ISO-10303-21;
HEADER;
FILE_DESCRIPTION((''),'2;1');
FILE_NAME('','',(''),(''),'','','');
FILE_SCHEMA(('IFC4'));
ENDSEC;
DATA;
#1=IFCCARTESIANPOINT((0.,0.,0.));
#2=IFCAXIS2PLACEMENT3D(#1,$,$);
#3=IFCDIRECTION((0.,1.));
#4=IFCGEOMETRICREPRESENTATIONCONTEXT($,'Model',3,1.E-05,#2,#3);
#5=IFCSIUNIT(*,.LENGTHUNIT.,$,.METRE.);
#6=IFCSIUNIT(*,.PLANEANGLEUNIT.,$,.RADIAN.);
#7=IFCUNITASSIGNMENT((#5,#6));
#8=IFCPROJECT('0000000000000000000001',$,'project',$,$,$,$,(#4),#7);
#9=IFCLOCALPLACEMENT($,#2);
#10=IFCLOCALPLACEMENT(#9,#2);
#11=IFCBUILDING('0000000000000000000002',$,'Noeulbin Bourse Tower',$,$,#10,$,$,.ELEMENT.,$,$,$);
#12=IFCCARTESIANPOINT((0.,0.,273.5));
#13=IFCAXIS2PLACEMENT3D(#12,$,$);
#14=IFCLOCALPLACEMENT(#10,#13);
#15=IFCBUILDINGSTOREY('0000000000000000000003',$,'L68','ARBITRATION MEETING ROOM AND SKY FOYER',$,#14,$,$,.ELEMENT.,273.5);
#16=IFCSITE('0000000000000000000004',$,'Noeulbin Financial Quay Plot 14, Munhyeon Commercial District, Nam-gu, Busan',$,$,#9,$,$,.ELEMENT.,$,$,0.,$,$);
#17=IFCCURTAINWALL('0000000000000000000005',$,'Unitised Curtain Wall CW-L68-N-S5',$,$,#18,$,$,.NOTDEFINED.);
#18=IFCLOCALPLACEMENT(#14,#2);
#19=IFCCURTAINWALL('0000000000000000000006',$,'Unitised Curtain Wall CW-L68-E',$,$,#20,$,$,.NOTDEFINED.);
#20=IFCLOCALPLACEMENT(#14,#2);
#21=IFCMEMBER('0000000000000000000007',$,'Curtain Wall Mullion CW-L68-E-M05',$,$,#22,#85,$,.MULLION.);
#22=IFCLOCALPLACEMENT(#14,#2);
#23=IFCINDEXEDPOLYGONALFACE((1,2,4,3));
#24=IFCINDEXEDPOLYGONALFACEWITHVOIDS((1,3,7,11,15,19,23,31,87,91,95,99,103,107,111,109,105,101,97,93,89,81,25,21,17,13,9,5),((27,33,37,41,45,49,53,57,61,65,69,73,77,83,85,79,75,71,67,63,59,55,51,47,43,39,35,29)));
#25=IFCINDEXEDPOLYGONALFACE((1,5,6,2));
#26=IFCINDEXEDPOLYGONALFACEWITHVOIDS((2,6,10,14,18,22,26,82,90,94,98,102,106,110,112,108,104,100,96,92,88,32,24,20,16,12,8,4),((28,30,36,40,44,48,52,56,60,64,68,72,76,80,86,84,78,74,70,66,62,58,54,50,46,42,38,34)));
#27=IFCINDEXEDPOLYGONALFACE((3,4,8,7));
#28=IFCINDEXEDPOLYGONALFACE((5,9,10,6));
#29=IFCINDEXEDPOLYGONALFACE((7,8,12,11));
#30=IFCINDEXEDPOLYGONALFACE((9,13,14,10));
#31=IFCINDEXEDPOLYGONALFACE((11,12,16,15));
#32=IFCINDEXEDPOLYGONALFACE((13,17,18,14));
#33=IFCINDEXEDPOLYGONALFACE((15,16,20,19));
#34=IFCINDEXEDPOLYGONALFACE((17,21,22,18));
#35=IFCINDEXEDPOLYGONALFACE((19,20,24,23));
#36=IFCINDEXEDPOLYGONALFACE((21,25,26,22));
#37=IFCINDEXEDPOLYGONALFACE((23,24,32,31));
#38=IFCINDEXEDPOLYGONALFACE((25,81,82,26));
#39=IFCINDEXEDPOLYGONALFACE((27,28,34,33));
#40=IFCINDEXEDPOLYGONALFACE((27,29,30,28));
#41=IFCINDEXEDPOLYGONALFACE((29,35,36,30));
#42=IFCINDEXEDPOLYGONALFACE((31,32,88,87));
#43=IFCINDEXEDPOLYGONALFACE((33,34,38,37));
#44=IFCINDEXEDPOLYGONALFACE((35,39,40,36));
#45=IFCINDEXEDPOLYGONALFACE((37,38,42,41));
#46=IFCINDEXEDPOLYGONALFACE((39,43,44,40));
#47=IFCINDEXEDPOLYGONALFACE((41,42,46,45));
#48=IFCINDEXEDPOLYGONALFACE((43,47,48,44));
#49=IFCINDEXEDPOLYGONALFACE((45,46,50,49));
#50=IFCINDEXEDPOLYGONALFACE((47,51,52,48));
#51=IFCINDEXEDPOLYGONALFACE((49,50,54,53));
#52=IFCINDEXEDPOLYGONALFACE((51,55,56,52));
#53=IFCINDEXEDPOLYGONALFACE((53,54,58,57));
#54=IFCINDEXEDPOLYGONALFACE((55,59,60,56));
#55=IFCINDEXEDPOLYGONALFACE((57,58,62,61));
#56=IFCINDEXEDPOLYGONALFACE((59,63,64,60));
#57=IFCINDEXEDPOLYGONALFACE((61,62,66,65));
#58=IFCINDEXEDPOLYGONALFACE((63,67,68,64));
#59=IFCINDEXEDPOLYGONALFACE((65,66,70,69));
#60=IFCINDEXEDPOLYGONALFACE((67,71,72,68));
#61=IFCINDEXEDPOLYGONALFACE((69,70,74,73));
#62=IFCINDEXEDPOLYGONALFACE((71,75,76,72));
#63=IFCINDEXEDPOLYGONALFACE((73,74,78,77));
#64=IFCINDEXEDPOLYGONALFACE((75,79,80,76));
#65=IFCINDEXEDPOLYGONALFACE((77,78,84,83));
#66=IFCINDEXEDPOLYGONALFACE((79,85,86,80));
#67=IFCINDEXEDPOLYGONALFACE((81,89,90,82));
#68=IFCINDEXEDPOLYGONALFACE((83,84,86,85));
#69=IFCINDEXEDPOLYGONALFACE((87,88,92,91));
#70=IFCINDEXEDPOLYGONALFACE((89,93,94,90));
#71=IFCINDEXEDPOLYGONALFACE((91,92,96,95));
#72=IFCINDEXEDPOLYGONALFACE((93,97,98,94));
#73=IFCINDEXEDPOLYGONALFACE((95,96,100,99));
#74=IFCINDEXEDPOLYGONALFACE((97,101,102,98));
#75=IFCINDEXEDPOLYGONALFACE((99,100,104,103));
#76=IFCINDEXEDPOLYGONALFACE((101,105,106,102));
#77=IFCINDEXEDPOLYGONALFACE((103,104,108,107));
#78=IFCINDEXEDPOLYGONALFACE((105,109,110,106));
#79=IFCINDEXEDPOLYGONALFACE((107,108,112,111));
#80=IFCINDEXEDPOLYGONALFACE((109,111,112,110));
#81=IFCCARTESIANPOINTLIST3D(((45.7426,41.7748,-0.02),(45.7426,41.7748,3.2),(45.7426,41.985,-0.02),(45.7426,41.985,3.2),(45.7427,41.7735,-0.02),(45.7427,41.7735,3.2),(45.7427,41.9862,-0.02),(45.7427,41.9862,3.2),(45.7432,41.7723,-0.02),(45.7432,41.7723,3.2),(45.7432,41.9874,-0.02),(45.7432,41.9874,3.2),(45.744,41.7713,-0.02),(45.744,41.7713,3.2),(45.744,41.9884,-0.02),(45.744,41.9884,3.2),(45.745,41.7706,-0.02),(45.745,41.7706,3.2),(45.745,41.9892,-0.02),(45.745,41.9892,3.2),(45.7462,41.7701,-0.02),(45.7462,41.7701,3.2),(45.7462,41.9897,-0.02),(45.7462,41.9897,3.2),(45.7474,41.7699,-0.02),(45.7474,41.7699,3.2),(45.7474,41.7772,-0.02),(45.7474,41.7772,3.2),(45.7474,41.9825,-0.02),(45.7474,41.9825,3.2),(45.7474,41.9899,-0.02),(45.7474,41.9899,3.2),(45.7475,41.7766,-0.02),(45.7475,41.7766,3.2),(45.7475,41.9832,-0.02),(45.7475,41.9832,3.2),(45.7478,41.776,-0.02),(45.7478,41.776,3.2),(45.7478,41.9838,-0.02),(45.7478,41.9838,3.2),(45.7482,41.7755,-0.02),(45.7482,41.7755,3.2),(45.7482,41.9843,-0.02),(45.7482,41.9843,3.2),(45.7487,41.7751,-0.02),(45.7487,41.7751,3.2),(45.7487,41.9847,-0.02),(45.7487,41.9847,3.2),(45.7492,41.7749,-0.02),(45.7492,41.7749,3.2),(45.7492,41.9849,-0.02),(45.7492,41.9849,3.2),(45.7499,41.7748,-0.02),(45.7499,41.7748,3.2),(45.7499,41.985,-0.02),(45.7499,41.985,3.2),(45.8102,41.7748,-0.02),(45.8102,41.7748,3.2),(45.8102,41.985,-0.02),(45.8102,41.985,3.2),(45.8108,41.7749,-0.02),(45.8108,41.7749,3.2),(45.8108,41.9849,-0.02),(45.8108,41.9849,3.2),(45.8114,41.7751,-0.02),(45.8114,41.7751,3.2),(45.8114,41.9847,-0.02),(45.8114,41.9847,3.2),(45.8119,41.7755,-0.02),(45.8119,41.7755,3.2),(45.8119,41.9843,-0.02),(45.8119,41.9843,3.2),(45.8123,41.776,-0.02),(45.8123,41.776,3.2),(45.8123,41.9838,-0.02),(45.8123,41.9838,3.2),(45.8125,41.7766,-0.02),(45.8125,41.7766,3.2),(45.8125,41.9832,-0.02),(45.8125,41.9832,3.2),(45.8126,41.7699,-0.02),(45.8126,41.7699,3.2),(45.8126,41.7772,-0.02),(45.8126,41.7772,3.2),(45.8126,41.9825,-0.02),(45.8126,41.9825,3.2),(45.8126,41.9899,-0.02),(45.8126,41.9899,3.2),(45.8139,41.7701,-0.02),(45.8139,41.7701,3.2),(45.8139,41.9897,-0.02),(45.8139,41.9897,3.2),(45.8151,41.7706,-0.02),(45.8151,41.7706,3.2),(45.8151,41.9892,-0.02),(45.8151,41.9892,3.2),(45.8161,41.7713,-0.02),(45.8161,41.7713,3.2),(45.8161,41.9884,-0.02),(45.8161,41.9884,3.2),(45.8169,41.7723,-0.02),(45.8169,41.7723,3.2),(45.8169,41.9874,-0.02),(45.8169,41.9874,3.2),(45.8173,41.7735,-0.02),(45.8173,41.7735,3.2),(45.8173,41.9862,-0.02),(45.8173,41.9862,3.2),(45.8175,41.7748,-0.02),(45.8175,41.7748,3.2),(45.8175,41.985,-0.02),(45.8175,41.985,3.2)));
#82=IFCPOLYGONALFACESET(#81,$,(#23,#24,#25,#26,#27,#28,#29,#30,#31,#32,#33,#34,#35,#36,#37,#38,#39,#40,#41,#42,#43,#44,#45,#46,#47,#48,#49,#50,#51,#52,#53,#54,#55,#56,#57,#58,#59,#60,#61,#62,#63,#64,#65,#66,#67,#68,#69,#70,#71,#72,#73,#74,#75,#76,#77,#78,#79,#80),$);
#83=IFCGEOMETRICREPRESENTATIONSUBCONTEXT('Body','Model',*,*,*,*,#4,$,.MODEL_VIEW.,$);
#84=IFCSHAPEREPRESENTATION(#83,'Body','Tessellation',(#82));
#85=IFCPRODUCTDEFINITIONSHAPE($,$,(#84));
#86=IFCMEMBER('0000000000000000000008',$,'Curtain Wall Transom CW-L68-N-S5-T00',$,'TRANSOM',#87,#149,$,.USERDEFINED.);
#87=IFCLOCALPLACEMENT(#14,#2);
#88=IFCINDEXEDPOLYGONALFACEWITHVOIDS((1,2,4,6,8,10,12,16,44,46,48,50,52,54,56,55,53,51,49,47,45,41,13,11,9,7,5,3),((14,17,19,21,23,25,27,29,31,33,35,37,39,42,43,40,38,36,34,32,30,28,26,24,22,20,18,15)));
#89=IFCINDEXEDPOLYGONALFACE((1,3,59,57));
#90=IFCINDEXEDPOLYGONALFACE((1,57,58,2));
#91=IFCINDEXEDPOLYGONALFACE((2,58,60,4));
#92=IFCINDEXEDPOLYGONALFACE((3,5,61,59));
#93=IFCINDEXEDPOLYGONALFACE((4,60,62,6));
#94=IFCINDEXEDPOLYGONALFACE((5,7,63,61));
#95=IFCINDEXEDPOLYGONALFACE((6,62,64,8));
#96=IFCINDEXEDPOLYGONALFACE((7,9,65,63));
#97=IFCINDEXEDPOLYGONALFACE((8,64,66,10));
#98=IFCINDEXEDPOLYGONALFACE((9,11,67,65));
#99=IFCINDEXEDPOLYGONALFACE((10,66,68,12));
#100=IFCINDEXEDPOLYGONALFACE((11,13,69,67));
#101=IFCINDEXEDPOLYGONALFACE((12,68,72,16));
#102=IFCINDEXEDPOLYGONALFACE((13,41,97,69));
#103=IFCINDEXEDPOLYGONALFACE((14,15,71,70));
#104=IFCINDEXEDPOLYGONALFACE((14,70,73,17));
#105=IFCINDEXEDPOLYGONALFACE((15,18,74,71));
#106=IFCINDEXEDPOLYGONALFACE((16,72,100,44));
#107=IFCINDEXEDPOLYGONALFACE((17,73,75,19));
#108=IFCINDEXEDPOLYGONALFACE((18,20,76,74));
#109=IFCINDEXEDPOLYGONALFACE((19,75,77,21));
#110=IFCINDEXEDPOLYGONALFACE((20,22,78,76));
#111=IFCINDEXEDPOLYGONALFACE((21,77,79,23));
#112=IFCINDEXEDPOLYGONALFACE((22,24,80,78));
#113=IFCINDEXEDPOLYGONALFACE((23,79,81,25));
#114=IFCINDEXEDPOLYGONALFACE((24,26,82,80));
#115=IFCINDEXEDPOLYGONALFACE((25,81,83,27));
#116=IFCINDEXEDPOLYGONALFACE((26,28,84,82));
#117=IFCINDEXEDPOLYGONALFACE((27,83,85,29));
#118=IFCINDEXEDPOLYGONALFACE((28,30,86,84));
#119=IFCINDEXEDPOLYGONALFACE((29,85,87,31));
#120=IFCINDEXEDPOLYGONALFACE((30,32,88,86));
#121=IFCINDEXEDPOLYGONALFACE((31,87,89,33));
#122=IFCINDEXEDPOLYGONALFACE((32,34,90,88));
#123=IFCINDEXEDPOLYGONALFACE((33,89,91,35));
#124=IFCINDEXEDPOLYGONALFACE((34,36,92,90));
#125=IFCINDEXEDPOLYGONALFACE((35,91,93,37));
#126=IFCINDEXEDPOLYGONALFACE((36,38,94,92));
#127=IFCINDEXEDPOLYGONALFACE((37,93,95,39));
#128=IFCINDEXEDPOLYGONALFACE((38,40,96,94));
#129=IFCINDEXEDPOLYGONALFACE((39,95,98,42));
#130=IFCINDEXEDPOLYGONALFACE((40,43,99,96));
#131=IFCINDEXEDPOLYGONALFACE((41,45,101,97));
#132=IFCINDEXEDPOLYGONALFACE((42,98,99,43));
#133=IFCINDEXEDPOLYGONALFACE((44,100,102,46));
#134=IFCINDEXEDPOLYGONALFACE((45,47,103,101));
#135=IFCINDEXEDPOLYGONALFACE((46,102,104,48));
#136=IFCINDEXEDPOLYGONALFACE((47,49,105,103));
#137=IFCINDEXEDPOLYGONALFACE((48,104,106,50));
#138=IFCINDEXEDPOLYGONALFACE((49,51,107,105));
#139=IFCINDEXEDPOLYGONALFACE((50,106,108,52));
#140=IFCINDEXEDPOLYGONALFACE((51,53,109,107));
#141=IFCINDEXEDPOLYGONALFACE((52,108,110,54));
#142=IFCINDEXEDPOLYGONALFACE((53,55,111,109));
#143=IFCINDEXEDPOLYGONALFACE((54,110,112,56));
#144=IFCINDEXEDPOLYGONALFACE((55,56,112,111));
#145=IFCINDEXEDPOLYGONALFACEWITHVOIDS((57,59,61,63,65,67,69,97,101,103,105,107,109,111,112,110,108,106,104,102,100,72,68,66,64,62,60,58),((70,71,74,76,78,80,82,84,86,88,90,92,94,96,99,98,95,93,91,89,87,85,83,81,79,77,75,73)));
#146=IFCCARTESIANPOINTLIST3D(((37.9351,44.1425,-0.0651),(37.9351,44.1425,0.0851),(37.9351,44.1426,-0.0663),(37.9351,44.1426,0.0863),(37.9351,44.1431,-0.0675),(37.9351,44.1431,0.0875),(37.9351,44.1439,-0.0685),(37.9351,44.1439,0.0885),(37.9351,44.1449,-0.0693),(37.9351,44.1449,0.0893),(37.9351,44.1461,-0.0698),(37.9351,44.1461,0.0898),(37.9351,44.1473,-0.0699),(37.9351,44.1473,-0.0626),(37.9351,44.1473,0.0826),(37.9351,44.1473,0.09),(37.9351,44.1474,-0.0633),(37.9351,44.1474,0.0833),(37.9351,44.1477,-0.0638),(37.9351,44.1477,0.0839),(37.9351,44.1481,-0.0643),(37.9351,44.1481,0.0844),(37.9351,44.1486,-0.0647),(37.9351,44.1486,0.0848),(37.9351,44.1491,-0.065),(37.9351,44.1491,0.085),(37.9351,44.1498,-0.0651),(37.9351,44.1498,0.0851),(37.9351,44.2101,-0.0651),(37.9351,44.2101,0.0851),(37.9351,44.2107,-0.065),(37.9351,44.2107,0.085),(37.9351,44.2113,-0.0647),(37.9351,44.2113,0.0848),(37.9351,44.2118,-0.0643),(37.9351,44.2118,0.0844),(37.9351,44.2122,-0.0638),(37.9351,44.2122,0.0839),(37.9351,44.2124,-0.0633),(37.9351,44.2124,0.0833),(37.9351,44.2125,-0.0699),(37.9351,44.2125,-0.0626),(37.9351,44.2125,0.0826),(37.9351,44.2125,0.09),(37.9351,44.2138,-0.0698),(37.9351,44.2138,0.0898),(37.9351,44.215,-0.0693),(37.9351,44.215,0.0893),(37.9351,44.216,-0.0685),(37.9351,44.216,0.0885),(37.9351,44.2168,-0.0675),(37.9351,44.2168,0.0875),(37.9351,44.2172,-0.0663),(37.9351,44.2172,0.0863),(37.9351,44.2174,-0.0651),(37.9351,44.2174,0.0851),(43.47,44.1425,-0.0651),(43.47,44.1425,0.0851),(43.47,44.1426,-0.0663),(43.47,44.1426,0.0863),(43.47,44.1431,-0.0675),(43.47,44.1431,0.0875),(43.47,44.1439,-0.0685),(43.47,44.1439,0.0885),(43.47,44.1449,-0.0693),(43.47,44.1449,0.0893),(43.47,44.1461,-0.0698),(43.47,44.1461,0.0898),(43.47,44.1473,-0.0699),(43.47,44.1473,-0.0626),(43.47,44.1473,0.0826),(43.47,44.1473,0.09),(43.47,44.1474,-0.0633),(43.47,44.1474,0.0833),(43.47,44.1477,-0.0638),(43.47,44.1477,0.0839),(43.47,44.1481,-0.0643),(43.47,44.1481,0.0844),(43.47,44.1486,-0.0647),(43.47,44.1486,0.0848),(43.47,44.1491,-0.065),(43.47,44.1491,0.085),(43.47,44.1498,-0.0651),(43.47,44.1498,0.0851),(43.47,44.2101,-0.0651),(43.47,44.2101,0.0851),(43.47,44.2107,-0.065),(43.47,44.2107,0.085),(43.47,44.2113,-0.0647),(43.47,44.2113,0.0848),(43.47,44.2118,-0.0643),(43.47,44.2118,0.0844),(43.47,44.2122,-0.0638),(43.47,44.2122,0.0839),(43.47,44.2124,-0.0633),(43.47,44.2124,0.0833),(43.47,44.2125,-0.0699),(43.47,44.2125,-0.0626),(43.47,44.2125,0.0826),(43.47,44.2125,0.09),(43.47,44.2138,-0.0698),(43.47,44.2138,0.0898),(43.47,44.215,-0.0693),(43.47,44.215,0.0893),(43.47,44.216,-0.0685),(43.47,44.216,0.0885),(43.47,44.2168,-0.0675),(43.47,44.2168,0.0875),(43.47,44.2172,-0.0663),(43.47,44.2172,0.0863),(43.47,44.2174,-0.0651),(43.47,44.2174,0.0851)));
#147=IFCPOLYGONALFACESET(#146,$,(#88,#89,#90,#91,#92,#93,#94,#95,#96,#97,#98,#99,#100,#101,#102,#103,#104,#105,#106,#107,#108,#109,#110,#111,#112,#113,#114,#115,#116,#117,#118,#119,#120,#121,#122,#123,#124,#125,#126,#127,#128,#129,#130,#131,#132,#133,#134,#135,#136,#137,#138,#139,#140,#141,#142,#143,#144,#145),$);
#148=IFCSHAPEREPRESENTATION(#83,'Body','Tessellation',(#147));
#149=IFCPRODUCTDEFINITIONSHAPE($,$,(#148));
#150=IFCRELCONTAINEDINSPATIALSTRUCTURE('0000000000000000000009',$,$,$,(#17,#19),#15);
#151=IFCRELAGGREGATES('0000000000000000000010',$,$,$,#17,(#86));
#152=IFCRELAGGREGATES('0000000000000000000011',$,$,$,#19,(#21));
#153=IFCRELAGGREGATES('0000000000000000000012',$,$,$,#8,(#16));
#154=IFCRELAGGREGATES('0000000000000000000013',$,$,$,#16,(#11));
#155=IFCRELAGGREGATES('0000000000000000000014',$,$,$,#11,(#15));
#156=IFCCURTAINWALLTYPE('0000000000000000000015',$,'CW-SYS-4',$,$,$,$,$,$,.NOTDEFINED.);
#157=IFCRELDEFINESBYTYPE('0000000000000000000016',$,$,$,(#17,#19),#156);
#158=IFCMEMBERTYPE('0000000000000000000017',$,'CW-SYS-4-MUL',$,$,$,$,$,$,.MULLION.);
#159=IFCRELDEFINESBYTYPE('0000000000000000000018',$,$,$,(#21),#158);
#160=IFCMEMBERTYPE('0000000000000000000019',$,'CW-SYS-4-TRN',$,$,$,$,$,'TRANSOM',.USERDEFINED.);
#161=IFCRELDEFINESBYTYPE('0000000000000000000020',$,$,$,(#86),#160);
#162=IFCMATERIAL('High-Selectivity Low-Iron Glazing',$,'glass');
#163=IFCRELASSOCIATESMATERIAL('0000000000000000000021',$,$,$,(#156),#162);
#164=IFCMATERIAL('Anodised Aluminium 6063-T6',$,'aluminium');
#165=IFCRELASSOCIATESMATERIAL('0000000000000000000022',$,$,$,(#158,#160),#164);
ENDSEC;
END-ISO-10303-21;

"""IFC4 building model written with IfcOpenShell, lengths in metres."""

from ifc_helpers import new_model, si_unit, direction, frame, origin, origin_2d, place, context, subcontext, project, spatial, hollow_rectangle, extrude, material, material_profile, profile_set, type_object, element, aggregate, save


model = new_model("IFC4")

# Units and contexts
model_context = context("Model", 3, precision=1e-05, world=origin(), true_north=direction((0.0, 1.0)))
body_context = subcontext(model_context, "Body", "Model", "MODEL_VIEW")
ifc_project = project(units=[si_unit("LENGTHUNIT", "METRE"), si_unit("PLANEANGLEUNIT", "RADIAN")], contexts=[model_context])

# Site, building, storey
site_placement = place(None, origin())
site = spatial("IfcSite", under=ifc_project, at=site_placement, Name="Noeulbin Financial Quay Plot 14, Munhyeon Commercial District, Nam-gu, Busan", CompositionType="ELEMENT", RefElevation=0.0)
building_placement = place(site_placement, origin())
building = spatial("IfcBuilding", under=site, at=building_placement, Name="Noeulbin Bourse Tower", CompositionType="ELEMENT")
storey_placement = place(building_placement, frame((0.0, 0.0, 273.5)))
storey = spatial("IfcBuildingStorey", under=building, at=storey_placement, Name="L68", Description="ARBITRATION MEETING ROOM AND SKY FOYER", CompositionType="ELEMENT", Elevation=273.5)

# Curtain walls, member
ifc_material_1 = material(Name="High-Selectivity Low-Iron Glazing", Category="glass")
curtain_wall_type = type_object("IfcCurtainWallType", Name="CW-SYS-4", PredefinedType="NOTDEFINED", material=ifc_material_1)
curtain_wall_1_placement = place(storey_placement, origin())
curtain_wall_1 = element("IfcCurtainWall", 1, at=curtain_wall_1_placement, inside=storey, type_object=curtain_wall_type, Name="Unitised Curtain Wall CW-L68-N-S5", PredefinedType="NOTDEFINED")
ifc_material_2 = material(Name="Anodised Aluminium 6063-T6", Category="aluminium")
ifc_material_profile_1 = material_profile(ifc_material_2, hollow_rectangle(XDim=0.075, YDim=0.22, WallThickness=0.0049, InnerFilletRadius=0.0024, OuterFilletRadius=0.0049, at=origin_2d()), Name="ALU-MULL-75x220x5", Category="LoadBearing")
ifc_profile_set_1 = profile_set([ifc_material_profile_1], Name="Anodised Aluminium 6063-T6")
member_type_1 = type_object("IfcMemberType", Name="CW-SYS-4-MUL", PredefinedType="MULLION", material=ifc_profile_set_1)
curtain_wall_2_placement = place(storey_placement, origin())
curtain_wall_2 = element("IfcCurtainWall", 2, at=curtain_wall_2_placement, inside=storey, type_object=curtain_wall_type, Name="Unitised Curtain Wall CW-L68-E", PredefinedType="NOTDEFINED")
member_1_placement = place(storey_placement, frame((45.78, 41.8799, -0.02), z_axis=(0.0, 0.0, 1.0), x_axis=(1.0, 0.0, 0.0)))
member_1 = element("IfcMember", 3, at=member_1_placement, type_object=member_type_1, Name="Curtain Wall Mullion CW-L68-E-M05", PredefinedType="MULLION", context=body_context, shape_type="SweptSolid", body=[
    extrude(hollow_rectangle(XDim=0.075, YDim=0.22, WallThickness=0.0049, InnerFilletRadius=0.0024, OuterFilletRadius=0.0049, at=origin_2d()), origin(), (0.0, 0.0, 1.0), 3.22),
])

# Member
ifc_material_profile_2 = material_profile(ifc_material_2, hollow_rectangle(XDim=0.075, YDim=0.1599, WallThickness=0.0049, InnerFilletRadius=0.0024, OuterFilletRadius=0.0049, at=origin_2d()), Name="ALU-TRAN-75x160x5", Category="LoadBearing")
ifc_profile_set_2 = profile_set([ifc_material_profile_2], Name="Anodised Aluminium 6063-T6")
member_type_2 = type_object("IfcMemberType", Name="CW-SYS-4-TRN", ElementType="TRANSOM", PredefinedType="USERDEFINED", material=ifc_profile_set_2)
member_2_placement = place(storey_placement, frame((37.9351, 44.1799, 0.01), z_axis=(1.0, 0.0, 0.0), x_axis=(0.0, 1.0, 0.0)))
member_2 = element("IfcMember", 4, at=member_2_placement, type_object=member_type_2, Name="Curtain Wall Transom CW-L68-N-S5-T00", ObjectType="TRANSOM", PredefinedType="USERDEFINED", context=body_context, shape_type="SweptSolid", body=[
    extrude(hollow_rectangle(XDim=0.075, YDim=0.1599, WallThickness=0.0049, InnerFilletRadius=0.0024, OuterFilletRadius=0.0049, at=origin_2d()), origin(), (0.0, 0.0, 1.0), 5.5349),
])

aggregate(curtain_wall_1, [member_2])
aggregate(curtain_wall_2, [member_1])

save(model, "model.ifc")
